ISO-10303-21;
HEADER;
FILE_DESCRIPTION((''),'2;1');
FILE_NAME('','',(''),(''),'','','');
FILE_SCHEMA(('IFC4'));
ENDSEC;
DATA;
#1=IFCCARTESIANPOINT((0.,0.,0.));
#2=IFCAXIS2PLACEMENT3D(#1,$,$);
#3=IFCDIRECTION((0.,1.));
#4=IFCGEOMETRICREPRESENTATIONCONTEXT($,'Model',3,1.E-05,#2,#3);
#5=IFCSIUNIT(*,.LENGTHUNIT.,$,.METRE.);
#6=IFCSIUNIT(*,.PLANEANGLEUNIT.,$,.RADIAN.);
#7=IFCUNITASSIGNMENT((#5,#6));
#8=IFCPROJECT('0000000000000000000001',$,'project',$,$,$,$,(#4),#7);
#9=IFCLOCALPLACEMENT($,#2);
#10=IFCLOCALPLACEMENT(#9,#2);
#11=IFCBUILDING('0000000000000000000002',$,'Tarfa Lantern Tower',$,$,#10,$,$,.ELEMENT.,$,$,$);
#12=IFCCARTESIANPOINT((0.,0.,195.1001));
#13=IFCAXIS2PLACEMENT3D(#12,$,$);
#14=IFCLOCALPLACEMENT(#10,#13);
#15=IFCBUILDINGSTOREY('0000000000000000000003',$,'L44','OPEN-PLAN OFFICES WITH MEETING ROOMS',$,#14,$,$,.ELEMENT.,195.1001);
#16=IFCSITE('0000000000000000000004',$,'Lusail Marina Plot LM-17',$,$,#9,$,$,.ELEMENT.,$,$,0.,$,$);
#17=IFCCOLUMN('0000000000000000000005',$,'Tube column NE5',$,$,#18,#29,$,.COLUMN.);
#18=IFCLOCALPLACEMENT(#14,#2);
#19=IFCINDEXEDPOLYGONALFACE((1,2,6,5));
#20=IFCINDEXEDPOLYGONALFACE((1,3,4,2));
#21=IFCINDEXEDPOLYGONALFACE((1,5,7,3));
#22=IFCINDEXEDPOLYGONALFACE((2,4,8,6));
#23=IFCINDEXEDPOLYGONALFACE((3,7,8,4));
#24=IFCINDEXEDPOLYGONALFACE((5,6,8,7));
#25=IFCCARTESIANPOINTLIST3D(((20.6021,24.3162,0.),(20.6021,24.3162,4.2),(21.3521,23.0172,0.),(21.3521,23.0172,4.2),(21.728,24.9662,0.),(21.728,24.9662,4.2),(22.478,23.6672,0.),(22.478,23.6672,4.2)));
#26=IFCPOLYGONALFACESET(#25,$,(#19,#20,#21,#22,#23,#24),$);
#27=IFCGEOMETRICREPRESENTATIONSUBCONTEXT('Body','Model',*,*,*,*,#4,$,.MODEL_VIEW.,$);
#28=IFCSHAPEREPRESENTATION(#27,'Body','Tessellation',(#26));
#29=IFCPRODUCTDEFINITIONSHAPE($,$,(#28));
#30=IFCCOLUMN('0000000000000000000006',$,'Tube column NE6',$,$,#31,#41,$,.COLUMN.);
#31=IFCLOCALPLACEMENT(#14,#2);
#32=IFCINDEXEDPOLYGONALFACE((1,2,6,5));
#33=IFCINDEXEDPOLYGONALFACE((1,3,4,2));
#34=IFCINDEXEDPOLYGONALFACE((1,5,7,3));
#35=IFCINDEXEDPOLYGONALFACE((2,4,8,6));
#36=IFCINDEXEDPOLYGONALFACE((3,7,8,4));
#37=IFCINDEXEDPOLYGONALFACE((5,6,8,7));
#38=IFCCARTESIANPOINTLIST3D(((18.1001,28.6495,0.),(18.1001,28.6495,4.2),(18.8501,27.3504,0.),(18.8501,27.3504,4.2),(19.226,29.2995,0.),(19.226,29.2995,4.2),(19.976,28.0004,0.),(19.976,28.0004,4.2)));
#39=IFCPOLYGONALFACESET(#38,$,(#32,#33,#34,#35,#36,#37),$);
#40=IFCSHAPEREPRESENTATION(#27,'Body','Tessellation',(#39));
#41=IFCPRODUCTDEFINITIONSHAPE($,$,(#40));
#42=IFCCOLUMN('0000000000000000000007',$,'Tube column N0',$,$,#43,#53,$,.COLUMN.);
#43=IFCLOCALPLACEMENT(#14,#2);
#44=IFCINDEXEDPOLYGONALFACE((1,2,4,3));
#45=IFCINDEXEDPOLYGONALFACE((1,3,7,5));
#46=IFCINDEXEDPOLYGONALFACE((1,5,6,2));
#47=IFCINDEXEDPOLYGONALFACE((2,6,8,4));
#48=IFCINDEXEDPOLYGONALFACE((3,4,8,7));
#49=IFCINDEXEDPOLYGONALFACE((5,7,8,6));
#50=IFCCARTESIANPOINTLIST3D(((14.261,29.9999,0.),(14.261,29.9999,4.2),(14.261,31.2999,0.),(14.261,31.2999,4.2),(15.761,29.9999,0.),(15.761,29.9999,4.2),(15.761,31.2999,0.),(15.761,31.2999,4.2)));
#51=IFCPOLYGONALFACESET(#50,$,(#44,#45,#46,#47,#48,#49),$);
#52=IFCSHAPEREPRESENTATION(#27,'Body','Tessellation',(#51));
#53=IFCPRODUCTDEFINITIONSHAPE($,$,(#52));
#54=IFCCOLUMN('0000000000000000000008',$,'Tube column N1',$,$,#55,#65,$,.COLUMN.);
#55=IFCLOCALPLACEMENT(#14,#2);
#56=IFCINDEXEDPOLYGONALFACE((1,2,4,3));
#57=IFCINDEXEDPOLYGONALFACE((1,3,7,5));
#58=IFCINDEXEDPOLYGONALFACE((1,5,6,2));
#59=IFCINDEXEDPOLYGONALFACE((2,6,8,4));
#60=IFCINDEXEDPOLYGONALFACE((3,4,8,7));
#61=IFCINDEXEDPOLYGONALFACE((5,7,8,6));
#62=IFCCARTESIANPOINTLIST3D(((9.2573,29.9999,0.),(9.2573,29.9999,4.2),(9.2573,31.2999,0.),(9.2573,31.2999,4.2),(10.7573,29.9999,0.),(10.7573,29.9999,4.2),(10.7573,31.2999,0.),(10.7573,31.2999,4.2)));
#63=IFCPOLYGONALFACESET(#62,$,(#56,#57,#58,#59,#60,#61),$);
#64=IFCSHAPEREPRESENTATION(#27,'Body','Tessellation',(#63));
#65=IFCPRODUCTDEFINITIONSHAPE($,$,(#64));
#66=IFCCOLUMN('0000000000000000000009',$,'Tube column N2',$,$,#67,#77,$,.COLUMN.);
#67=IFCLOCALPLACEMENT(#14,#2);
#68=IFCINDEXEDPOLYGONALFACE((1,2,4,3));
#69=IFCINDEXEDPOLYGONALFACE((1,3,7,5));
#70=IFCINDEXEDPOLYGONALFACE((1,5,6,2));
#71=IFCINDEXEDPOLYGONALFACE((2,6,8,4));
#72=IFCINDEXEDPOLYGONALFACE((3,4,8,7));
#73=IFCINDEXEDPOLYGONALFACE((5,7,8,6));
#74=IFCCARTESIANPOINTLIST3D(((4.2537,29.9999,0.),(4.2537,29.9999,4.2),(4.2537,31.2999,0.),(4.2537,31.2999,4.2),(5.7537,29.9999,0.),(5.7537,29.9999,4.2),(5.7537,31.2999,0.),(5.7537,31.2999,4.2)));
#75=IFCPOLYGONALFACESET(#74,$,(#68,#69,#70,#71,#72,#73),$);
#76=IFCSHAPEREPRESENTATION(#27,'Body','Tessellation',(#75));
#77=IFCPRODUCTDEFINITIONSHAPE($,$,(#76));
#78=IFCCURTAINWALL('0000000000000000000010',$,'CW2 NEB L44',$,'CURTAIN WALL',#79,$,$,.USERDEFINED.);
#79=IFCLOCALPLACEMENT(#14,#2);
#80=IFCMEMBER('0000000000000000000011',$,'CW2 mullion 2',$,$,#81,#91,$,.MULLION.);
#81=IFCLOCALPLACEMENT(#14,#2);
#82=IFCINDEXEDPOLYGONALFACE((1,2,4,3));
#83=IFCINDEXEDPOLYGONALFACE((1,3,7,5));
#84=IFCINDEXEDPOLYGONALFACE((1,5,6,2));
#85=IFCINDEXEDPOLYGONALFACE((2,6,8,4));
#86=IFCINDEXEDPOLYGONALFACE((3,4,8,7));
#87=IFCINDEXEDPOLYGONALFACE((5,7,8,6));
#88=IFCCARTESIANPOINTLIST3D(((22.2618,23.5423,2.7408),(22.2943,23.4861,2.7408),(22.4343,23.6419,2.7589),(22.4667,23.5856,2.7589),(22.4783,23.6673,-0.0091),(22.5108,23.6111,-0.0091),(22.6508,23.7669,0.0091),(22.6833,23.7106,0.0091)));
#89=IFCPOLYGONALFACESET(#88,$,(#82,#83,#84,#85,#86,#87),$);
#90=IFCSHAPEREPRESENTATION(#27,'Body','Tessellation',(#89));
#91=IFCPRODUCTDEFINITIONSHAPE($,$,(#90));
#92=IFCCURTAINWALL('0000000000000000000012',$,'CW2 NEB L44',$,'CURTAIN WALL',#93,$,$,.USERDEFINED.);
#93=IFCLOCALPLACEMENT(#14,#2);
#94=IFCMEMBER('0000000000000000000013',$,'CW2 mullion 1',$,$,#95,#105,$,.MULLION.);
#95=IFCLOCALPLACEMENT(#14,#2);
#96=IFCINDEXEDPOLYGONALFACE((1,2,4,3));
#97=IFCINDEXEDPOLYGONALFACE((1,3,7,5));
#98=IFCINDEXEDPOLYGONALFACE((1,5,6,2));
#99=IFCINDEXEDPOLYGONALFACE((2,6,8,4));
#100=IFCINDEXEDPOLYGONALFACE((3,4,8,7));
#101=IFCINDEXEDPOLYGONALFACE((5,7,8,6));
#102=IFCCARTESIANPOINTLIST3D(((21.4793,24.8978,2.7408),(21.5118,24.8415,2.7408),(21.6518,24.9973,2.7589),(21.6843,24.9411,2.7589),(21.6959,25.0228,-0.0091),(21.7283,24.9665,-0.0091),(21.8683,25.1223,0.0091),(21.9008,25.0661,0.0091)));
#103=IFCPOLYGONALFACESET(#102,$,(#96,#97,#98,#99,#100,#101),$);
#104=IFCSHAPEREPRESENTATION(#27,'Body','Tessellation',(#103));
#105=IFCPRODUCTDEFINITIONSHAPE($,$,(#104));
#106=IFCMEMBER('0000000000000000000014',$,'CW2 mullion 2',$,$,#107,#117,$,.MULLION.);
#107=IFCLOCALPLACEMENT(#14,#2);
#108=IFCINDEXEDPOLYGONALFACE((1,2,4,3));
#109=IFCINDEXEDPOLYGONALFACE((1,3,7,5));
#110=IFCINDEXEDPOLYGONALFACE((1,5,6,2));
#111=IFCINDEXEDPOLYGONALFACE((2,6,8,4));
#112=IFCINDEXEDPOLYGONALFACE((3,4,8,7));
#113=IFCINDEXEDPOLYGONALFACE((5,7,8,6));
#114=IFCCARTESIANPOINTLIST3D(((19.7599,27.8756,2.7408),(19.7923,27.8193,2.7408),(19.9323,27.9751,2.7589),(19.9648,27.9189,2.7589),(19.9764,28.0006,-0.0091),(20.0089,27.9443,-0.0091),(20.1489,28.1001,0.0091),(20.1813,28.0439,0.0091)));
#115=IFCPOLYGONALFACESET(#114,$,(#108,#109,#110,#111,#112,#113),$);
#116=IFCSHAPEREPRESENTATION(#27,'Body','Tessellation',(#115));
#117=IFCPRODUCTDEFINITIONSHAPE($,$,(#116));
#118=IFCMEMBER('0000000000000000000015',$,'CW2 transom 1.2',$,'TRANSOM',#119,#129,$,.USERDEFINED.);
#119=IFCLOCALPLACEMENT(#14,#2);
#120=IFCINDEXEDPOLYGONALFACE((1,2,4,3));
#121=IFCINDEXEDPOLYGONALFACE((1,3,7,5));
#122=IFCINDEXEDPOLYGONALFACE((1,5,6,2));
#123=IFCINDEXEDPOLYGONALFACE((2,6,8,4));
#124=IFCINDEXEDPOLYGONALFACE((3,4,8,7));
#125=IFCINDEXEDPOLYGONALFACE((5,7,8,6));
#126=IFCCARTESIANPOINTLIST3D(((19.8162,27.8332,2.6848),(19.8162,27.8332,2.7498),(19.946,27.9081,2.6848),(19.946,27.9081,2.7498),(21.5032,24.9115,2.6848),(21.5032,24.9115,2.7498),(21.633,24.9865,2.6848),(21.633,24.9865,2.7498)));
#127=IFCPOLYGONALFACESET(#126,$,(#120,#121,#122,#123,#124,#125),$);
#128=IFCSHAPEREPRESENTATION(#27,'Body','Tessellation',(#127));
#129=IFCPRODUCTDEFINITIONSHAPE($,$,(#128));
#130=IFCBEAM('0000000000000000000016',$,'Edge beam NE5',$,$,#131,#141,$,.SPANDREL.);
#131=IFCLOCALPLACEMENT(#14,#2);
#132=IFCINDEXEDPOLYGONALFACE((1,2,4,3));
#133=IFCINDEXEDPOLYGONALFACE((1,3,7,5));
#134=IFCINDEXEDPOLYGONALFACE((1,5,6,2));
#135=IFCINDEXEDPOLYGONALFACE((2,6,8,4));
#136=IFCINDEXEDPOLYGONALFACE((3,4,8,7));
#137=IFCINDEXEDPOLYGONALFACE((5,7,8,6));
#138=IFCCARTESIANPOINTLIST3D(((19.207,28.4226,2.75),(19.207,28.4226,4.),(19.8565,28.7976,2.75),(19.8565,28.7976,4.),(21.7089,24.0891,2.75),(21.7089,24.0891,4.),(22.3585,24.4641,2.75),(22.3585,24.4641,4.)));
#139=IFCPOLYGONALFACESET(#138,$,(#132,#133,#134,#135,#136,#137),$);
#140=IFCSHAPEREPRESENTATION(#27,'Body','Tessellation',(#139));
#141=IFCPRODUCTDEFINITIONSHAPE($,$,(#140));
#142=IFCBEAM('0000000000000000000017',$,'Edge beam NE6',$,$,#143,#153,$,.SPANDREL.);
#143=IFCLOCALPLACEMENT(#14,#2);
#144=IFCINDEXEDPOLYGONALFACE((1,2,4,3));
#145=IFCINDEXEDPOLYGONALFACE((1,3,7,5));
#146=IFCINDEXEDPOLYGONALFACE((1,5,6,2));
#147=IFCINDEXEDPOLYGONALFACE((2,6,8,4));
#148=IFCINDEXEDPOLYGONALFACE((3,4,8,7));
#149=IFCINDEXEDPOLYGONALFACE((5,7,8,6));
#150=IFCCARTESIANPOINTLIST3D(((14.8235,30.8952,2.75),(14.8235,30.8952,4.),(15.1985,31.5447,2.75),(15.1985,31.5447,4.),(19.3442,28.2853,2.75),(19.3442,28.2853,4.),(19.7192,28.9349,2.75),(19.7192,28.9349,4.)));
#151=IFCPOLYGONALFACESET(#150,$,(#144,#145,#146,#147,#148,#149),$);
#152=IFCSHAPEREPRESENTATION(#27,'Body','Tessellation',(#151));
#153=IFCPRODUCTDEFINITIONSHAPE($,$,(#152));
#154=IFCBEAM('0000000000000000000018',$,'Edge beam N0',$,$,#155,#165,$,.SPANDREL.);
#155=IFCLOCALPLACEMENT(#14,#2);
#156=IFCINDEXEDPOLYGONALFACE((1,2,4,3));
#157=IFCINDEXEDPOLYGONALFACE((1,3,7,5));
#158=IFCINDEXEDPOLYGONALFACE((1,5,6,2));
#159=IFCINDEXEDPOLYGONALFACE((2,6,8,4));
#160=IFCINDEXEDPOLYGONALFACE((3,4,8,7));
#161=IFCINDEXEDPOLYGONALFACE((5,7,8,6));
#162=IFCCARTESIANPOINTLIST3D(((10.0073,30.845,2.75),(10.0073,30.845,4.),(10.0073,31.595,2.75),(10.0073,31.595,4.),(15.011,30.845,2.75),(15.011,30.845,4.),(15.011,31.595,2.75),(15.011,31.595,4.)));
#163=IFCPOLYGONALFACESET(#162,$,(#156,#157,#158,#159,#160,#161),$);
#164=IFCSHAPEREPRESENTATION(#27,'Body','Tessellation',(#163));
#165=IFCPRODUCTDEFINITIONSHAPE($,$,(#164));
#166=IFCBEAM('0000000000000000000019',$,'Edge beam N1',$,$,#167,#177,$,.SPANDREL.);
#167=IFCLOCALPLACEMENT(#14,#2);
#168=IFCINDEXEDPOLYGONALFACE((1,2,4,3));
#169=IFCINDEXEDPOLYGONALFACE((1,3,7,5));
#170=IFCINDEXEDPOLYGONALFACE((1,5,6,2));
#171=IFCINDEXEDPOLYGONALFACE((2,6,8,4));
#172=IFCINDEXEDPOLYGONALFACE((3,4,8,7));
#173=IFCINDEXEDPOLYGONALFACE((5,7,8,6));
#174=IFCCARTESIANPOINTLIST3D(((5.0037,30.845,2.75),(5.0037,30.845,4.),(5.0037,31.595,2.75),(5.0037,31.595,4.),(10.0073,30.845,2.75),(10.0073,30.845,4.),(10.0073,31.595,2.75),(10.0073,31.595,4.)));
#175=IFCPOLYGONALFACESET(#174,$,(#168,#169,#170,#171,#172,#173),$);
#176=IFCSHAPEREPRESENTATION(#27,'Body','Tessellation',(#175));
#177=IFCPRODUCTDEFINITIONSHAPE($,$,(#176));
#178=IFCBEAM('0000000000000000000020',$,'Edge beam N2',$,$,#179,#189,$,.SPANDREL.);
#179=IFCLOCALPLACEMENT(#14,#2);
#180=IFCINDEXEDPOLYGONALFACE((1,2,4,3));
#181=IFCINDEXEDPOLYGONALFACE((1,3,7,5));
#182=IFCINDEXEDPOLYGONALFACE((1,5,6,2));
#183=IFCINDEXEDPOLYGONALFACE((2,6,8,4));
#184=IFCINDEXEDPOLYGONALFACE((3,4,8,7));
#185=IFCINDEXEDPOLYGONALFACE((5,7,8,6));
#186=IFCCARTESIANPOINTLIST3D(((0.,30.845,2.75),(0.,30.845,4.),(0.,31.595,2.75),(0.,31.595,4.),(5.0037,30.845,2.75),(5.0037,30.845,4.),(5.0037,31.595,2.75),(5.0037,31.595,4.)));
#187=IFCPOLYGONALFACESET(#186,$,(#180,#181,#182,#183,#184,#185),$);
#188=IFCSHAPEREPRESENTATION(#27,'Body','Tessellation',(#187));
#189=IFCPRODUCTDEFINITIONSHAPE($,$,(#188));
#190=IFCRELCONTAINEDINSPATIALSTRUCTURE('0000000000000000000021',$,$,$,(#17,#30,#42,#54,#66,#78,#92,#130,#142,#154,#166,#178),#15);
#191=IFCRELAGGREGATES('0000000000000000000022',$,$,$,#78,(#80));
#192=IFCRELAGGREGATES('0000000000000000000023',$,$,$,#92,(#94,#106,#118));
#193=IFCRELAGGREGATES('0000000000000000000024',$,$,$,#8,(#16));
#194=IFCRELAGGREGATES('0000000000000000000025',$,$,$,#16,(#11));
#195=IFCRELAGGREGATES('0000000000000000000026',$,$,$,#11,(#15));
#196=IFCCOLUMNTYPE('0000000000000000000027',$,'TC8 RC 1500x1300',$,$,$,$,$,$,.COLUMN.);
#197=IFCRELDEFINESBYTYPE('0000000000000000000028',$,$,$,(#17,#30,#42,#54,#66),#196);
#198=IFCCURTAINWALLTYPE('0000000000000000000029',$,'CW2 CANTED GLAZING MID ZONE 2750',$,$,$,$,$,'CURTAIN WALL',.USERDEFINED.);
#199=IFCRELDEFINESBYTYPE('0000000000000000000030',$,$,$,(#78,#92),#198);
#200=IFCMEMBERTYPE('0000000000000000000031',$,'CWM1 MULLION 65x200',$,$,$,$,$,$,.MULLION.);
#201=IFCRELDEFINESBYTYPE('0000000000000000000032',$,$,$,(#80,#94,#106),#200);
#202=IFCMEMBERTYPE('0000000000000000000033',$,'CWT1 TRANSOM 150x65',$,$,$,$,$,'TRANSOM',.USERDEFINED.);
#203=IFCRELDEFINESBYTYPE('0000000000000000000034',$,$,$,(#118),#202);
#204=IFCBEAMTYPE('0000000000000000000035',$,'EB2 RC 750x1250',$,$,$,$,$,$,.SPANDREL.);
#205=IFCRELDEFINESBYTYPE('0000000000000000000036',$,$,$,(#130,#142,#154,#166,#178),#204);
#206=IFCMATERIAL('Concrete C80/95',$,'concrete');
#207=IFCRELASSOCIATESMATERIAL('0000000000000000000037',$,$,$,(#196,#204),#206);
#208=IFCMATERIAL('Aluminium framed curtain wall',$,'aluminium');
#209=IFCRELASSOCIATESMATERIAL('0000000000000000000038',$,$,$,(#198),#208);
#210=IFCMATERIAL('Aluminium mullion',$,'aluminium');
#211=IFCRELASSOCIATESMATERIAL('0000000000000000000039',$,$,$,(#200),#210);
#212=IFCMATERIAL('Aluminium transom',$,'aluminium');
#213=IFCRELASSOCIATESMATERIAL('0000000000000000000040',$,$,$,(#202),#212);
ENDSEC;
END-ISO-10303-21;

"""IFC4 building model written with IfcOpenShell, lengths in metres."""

from ifc_helpers import new_model, si_unit, direction, frame, origin, origin_2d, place, context, subcontext, project, spatial, rectangle, extrude, material, material_profile, profile_set, type_object, element, aggregate, save


model = new_model("IFC4")

# Units and contexts
model_context = context("Model", 3, precision=1e-05, world=origin(), true_north=direction((0.0, 1.0)))
body_context = subcontext(model_context, "Body", "Model", "MODEL_VIEW")
ifc_project = project(units=[si_unit("LENGTHUNIT", "METRE"), si_unit("PLANEANGLEUNIT", "RADIAN")], contexts=[model_context])

# Site, building, storey
site_placement = place(None, origin())
site = spatial("IfcSite", under=ifc_project, at=site_placement, Name="Lusail Marina Plot LM-17", CompositionType="ELEMENT", RefElevation=0.0)
building_placement = place(site_placement, origin())
building = spatial("IfcBuilding", under=site, at=building_placement, Name="Tarfa Lantern Tower", CompositionType="ELEMENT")
storey_placement = place(building_placement, frame((0.0, 0.0, 195.1001)))
storey = spatial("IfcBuildingStorey", under=building, at=storey_placement, Name="L44", Description="OPEN-PLAN OFFICES WITH MEETING ROOMS", CompositionType="ELEMENT", Elevation=195.1001)

# Columns
ifc_material_1 = material(Name="Concrete C80/95", Category="concrete")
ifc_material_profile_1 = material_profile(ifc_material_1, rectangle(XDim=1.5, YDim=1.3, at=origin_2d()), Name="RC 1500x1300")
ifc_profile_set_1 = profile_set([ifc_material_profile_1], Name="Concrete C80/95")
column_type = type_object("IfcColumnType", Name="TC8 RC 1500x1300", PredefinedType="COLUMN", material=ifc_profile_set_1)
for number, where, z_axis, x_axis, name in (
    (1, (21.54, 23.9917, 0.0), (0.0, 0.0, 1.0), (-0.5, 0.866025, 0.0), "Tube column NE5"),
    (2, (19.0381, 28.325, 0.0), (0.0, 0.0, 1.0), (-0.5, 0.866025, 0.0), "Tube column NE6"),
    (3, (15.011, 30.6499, 0.0), (0.0, 0.0, 1.0), (-1.0, 0.0, 0.0), "Tube column N0"),
    (4, (10.0073, 30.6499, 0.0), (0.0, 0.0, 1.0), (-1.0, 0.0, 0.0), "Tube column N1"),
    (5, (5.0037, 30.6499, 0.0), (0.0, 0.0, 1.0), (-1.0, 0.0, 0.0), "Tube column N2"),
):
    element("IfcColumn", number, at=place(storey_placement, frame(where, z_axis=z_axis, x_axis=x_axis)), inside=storey, type_object=column_type, Name=name, PredefinedType="COLUMN", context=body_context, shape_type="SweptSolid", body=[
        extrude(rectangle(XDim=1.5, YDim=1.3, at=origin_2d()), origin(), (0.0, 0.0, 1.0), 4.2),
    ])

# Curtain wall, member
ifc_material_2 = material(Name="Aluminium framed curtain wall", Category="aluminium")
curtain_wall_type = type_object("IfcCurtainWallType", Name="CW2 CANTED GLAZING MID ZONE 2750", ElementType="CURTAIN WALL", PredefinedType="USERDEFINED", material=ifc_material_2)
curtain_wall_1_placement = place(storey_placement, origin())
curtain_wall_1 = element("IfcCurtainWall", 6, at=curtain_wall_1_placement, inside=storey, type_object=curtain_wall_type, Name="CW2 NEB L44", ObjectType="CURTAIN WALL", PredefinedType="USERDEFINED")
ifc_material_3 = material(Name="Aluminium mullion", Category="aluminium")
ifc_material_profile_2 = material_profile(ifc_material_3, rectangle(XDim=0.0649, YDim=0.2, at=origin_2d()), Name="AL MULLION 65x200")
ifc_profile_set_2 = profile_set([ifc_material_profile_2], Name="Aluminium mullion")
member_type_1 = type_object("IfcMemberType", Name="CWM1 MULLION 65x200", PredefinedType="MULLION", material=ifc_profile_set_2)
member_1_placement = place(storey_placement, frame((22.5808, 23.689, 0.0), z_axis=(-0.078423, -0.045268, 0.995892), x_axis=(0.49992, -0.866072, 0.0)))
member_1 = element("IfcMember", 7, at=member_1_placement, type_object=member_type_1, Name="CW2 mullion 2", PredefinedType="MULLION", context=body_context, shape_type="SweptSolid", body=[
    extrude(rectangle(XDim=0.0649, YDim=0.2, at=origin_2d()), origin(), (0.0, 0.0, 1.0), 2.7612),
])
aggregate(curtain_wall_1, [member_1])

# Curtain wall, members
curtain_wall_2_placement = place(storey_placement, origin())
curtain_wall_2 = element("IfcCurtainWall", 8, at=curtain_wall_2_placement, inside=storey, type_object=curtain_wall_type, Name="CW2 NEB L44", ObjectType="CURTAIN WALL", PredefinedType="USERDEFINED")
member_2_placement = place(storey_placement, frame((21.7983, 25.0444, 0.0), z_axis=(-0.078423, -0.045268, 0.995892), x_axis=(0.49992, -0.866072, 0.0)))
member_2 = element("IfcMember", 9, at=member_2_placement, type_object=member_type_1, Name="CW2 mullion 1", PredefinedType="MULLION", context=body_context, shape_type="SweptSolid", body=[
    extrude(rectangle(XDim=0.0649, YDim=0.2, at=origin_2d()), origin(), (0.0, 0.0, 1.0), 2.7612),
])
member_3_placement = place(storey_placement, frame((20.0789, 28.0222, 0.0), z_axis=(-0.078423, -0.045268, 0.995892), x_axis=(0.49992, -0.866072, 0.0)))
member_3 = element("IfcMember", 10, at=member_3_placement, type_object=member_type_1, Name="CW2 mullion 2", PredefinedType="MULLION", context=body_context, shape_type="SweptSolid", body=[
    extrude(rectangle(XDim=0.0649, YDim=0.2, at=origin_2d()), origin(), (0.0, 0.0, 1.0), 2.7612),
])
ifc_material_4 = material(Name="Aluminium transom", Category="aluminium")
ifc_material_profile_3 = material_profile(ifc_material_4, rectangle(XDim=0.1499, YDim=0.0649, at=origin_2d()), Name="AL TRANSOM 150x65")
ifc_profile_set_3 = profile_set([ifc_material_profile_3], Name="Aluminium transom")
member_type_2 = type_object("IfcMemberType", Name="CWT1 TRANSOM 150x65", ElementType="TRANSOM", PredefinedType="USERDEFINED", material=ifc_profile_set_3)
member_4_placement = place(storey_placement, frame((21.5681, 24.949, 2.7173), z_axis=(-0.500046, 0.865999, 0.0), x_axis=(-0.865999, -0.500046, 0.0)))
member_4 = element("IfcMember", 11, at=member_4_placement, type_object=member_type_2, Name="CW2 transom 1.2", ObjectType="TRANSOM", PredefinedType="USERDEFINED", context=body_context, shape_type="SweptSolid", body=[
    extrude(rectangle(XDim=0.1499, YDim=0.0649, at=origin_2d()), origin(), (0.0, 0.0, 1.0), 3.3738),
])

# Beams
ifc_material_profile_4 = material_profile(ifc_material_1, rectangle(XDim=0.75, YDim=1.25, at=origin_2d()), Name="RC 750x1250")
ifc_profile_set_4 = profile_set([ifc_material_profile_4], Name="Concrete C80/95")
beam_type_1 = type_object("IfcBeamType", Name="EB2 RC 750x1250", PredefinedType="SPANDREL", material=ifc_profile_set_4)
beam_1_placement = place(storey_placement, frame((22.0337, 24.2766, 3.375), z_axis=(-0.500001, 0.866025, 0.0), x_axis=(-0.866025, -0.500001, 0.0)))
element("IfcBeam", 12, at=beam_1_placement, inside=storey, type_object=beam_type_1, Name="Edge beam NE5", PredefinedType="SPANDREL", context=body_context, shape_type="SweptSolid", body=[
    extrude(rectangle(XDim=0.75, YDim=1.25, at=origin_2d()), origin(), (0.0, 0.0, 1.0), 5.0039),
])
beam_2_placement = place(storey_placement, frame((19.5317, 28.6101, 3.375), z_axis=(-0.866042, 0.499972, 0.0), x_axis=(-0.499972, -0.866042, 0.0)))
element("IfcBeam", 13, at=beam_2_placement, inside=storey, type_object=beam_type_1, Name="Edge beam NE6", PredefinedType="SPANDREL", context=body_context, shape_type="SweptSolid", body=[
    extrude(rectangle(XDim=0.75, YDim=1.25, at=origin_2d()), origin(), (0.0, 0.0, 1.0), 5.22),
])
for number, where, z_axis, x_axis, name in (
    (14, (15.011, 31.22, 3.375), (-1.0, 0.0, 0.0), (0.0, -1.0, 0.0), "Edge beam N0"),
    (15, (10.0073, 31.22, 3.375), (-1.0, 0.0, 0.0), (0.0, -1.0, 0.0), "Edge beam N1"),
    (16, (5.0037, 31.22, 3.375), (-1.0, 0.0, 0.0), (0.0, -1.0, 0.0), "Edge beam N2"),
):
    element("IfcBeam", number, at=place(storey_placement, frame(where, z_axis=z_axis, x_axis=x_axis)), inside=storey, type_object=beam_type_1, Name=name, PredefinedType="SPANDREL", context=body_context, shape_type="SweptSolid", body=[
        extrude(rectangle(XDim=0.75, YDim=1.25, at=origin_2d()), origin(), (0.0, 0.0, 1.0), 5.0037),
    ])

aggregate(curtain_wall_2, [member_2, member_3, member_4])

save(model, "model.ifc")
